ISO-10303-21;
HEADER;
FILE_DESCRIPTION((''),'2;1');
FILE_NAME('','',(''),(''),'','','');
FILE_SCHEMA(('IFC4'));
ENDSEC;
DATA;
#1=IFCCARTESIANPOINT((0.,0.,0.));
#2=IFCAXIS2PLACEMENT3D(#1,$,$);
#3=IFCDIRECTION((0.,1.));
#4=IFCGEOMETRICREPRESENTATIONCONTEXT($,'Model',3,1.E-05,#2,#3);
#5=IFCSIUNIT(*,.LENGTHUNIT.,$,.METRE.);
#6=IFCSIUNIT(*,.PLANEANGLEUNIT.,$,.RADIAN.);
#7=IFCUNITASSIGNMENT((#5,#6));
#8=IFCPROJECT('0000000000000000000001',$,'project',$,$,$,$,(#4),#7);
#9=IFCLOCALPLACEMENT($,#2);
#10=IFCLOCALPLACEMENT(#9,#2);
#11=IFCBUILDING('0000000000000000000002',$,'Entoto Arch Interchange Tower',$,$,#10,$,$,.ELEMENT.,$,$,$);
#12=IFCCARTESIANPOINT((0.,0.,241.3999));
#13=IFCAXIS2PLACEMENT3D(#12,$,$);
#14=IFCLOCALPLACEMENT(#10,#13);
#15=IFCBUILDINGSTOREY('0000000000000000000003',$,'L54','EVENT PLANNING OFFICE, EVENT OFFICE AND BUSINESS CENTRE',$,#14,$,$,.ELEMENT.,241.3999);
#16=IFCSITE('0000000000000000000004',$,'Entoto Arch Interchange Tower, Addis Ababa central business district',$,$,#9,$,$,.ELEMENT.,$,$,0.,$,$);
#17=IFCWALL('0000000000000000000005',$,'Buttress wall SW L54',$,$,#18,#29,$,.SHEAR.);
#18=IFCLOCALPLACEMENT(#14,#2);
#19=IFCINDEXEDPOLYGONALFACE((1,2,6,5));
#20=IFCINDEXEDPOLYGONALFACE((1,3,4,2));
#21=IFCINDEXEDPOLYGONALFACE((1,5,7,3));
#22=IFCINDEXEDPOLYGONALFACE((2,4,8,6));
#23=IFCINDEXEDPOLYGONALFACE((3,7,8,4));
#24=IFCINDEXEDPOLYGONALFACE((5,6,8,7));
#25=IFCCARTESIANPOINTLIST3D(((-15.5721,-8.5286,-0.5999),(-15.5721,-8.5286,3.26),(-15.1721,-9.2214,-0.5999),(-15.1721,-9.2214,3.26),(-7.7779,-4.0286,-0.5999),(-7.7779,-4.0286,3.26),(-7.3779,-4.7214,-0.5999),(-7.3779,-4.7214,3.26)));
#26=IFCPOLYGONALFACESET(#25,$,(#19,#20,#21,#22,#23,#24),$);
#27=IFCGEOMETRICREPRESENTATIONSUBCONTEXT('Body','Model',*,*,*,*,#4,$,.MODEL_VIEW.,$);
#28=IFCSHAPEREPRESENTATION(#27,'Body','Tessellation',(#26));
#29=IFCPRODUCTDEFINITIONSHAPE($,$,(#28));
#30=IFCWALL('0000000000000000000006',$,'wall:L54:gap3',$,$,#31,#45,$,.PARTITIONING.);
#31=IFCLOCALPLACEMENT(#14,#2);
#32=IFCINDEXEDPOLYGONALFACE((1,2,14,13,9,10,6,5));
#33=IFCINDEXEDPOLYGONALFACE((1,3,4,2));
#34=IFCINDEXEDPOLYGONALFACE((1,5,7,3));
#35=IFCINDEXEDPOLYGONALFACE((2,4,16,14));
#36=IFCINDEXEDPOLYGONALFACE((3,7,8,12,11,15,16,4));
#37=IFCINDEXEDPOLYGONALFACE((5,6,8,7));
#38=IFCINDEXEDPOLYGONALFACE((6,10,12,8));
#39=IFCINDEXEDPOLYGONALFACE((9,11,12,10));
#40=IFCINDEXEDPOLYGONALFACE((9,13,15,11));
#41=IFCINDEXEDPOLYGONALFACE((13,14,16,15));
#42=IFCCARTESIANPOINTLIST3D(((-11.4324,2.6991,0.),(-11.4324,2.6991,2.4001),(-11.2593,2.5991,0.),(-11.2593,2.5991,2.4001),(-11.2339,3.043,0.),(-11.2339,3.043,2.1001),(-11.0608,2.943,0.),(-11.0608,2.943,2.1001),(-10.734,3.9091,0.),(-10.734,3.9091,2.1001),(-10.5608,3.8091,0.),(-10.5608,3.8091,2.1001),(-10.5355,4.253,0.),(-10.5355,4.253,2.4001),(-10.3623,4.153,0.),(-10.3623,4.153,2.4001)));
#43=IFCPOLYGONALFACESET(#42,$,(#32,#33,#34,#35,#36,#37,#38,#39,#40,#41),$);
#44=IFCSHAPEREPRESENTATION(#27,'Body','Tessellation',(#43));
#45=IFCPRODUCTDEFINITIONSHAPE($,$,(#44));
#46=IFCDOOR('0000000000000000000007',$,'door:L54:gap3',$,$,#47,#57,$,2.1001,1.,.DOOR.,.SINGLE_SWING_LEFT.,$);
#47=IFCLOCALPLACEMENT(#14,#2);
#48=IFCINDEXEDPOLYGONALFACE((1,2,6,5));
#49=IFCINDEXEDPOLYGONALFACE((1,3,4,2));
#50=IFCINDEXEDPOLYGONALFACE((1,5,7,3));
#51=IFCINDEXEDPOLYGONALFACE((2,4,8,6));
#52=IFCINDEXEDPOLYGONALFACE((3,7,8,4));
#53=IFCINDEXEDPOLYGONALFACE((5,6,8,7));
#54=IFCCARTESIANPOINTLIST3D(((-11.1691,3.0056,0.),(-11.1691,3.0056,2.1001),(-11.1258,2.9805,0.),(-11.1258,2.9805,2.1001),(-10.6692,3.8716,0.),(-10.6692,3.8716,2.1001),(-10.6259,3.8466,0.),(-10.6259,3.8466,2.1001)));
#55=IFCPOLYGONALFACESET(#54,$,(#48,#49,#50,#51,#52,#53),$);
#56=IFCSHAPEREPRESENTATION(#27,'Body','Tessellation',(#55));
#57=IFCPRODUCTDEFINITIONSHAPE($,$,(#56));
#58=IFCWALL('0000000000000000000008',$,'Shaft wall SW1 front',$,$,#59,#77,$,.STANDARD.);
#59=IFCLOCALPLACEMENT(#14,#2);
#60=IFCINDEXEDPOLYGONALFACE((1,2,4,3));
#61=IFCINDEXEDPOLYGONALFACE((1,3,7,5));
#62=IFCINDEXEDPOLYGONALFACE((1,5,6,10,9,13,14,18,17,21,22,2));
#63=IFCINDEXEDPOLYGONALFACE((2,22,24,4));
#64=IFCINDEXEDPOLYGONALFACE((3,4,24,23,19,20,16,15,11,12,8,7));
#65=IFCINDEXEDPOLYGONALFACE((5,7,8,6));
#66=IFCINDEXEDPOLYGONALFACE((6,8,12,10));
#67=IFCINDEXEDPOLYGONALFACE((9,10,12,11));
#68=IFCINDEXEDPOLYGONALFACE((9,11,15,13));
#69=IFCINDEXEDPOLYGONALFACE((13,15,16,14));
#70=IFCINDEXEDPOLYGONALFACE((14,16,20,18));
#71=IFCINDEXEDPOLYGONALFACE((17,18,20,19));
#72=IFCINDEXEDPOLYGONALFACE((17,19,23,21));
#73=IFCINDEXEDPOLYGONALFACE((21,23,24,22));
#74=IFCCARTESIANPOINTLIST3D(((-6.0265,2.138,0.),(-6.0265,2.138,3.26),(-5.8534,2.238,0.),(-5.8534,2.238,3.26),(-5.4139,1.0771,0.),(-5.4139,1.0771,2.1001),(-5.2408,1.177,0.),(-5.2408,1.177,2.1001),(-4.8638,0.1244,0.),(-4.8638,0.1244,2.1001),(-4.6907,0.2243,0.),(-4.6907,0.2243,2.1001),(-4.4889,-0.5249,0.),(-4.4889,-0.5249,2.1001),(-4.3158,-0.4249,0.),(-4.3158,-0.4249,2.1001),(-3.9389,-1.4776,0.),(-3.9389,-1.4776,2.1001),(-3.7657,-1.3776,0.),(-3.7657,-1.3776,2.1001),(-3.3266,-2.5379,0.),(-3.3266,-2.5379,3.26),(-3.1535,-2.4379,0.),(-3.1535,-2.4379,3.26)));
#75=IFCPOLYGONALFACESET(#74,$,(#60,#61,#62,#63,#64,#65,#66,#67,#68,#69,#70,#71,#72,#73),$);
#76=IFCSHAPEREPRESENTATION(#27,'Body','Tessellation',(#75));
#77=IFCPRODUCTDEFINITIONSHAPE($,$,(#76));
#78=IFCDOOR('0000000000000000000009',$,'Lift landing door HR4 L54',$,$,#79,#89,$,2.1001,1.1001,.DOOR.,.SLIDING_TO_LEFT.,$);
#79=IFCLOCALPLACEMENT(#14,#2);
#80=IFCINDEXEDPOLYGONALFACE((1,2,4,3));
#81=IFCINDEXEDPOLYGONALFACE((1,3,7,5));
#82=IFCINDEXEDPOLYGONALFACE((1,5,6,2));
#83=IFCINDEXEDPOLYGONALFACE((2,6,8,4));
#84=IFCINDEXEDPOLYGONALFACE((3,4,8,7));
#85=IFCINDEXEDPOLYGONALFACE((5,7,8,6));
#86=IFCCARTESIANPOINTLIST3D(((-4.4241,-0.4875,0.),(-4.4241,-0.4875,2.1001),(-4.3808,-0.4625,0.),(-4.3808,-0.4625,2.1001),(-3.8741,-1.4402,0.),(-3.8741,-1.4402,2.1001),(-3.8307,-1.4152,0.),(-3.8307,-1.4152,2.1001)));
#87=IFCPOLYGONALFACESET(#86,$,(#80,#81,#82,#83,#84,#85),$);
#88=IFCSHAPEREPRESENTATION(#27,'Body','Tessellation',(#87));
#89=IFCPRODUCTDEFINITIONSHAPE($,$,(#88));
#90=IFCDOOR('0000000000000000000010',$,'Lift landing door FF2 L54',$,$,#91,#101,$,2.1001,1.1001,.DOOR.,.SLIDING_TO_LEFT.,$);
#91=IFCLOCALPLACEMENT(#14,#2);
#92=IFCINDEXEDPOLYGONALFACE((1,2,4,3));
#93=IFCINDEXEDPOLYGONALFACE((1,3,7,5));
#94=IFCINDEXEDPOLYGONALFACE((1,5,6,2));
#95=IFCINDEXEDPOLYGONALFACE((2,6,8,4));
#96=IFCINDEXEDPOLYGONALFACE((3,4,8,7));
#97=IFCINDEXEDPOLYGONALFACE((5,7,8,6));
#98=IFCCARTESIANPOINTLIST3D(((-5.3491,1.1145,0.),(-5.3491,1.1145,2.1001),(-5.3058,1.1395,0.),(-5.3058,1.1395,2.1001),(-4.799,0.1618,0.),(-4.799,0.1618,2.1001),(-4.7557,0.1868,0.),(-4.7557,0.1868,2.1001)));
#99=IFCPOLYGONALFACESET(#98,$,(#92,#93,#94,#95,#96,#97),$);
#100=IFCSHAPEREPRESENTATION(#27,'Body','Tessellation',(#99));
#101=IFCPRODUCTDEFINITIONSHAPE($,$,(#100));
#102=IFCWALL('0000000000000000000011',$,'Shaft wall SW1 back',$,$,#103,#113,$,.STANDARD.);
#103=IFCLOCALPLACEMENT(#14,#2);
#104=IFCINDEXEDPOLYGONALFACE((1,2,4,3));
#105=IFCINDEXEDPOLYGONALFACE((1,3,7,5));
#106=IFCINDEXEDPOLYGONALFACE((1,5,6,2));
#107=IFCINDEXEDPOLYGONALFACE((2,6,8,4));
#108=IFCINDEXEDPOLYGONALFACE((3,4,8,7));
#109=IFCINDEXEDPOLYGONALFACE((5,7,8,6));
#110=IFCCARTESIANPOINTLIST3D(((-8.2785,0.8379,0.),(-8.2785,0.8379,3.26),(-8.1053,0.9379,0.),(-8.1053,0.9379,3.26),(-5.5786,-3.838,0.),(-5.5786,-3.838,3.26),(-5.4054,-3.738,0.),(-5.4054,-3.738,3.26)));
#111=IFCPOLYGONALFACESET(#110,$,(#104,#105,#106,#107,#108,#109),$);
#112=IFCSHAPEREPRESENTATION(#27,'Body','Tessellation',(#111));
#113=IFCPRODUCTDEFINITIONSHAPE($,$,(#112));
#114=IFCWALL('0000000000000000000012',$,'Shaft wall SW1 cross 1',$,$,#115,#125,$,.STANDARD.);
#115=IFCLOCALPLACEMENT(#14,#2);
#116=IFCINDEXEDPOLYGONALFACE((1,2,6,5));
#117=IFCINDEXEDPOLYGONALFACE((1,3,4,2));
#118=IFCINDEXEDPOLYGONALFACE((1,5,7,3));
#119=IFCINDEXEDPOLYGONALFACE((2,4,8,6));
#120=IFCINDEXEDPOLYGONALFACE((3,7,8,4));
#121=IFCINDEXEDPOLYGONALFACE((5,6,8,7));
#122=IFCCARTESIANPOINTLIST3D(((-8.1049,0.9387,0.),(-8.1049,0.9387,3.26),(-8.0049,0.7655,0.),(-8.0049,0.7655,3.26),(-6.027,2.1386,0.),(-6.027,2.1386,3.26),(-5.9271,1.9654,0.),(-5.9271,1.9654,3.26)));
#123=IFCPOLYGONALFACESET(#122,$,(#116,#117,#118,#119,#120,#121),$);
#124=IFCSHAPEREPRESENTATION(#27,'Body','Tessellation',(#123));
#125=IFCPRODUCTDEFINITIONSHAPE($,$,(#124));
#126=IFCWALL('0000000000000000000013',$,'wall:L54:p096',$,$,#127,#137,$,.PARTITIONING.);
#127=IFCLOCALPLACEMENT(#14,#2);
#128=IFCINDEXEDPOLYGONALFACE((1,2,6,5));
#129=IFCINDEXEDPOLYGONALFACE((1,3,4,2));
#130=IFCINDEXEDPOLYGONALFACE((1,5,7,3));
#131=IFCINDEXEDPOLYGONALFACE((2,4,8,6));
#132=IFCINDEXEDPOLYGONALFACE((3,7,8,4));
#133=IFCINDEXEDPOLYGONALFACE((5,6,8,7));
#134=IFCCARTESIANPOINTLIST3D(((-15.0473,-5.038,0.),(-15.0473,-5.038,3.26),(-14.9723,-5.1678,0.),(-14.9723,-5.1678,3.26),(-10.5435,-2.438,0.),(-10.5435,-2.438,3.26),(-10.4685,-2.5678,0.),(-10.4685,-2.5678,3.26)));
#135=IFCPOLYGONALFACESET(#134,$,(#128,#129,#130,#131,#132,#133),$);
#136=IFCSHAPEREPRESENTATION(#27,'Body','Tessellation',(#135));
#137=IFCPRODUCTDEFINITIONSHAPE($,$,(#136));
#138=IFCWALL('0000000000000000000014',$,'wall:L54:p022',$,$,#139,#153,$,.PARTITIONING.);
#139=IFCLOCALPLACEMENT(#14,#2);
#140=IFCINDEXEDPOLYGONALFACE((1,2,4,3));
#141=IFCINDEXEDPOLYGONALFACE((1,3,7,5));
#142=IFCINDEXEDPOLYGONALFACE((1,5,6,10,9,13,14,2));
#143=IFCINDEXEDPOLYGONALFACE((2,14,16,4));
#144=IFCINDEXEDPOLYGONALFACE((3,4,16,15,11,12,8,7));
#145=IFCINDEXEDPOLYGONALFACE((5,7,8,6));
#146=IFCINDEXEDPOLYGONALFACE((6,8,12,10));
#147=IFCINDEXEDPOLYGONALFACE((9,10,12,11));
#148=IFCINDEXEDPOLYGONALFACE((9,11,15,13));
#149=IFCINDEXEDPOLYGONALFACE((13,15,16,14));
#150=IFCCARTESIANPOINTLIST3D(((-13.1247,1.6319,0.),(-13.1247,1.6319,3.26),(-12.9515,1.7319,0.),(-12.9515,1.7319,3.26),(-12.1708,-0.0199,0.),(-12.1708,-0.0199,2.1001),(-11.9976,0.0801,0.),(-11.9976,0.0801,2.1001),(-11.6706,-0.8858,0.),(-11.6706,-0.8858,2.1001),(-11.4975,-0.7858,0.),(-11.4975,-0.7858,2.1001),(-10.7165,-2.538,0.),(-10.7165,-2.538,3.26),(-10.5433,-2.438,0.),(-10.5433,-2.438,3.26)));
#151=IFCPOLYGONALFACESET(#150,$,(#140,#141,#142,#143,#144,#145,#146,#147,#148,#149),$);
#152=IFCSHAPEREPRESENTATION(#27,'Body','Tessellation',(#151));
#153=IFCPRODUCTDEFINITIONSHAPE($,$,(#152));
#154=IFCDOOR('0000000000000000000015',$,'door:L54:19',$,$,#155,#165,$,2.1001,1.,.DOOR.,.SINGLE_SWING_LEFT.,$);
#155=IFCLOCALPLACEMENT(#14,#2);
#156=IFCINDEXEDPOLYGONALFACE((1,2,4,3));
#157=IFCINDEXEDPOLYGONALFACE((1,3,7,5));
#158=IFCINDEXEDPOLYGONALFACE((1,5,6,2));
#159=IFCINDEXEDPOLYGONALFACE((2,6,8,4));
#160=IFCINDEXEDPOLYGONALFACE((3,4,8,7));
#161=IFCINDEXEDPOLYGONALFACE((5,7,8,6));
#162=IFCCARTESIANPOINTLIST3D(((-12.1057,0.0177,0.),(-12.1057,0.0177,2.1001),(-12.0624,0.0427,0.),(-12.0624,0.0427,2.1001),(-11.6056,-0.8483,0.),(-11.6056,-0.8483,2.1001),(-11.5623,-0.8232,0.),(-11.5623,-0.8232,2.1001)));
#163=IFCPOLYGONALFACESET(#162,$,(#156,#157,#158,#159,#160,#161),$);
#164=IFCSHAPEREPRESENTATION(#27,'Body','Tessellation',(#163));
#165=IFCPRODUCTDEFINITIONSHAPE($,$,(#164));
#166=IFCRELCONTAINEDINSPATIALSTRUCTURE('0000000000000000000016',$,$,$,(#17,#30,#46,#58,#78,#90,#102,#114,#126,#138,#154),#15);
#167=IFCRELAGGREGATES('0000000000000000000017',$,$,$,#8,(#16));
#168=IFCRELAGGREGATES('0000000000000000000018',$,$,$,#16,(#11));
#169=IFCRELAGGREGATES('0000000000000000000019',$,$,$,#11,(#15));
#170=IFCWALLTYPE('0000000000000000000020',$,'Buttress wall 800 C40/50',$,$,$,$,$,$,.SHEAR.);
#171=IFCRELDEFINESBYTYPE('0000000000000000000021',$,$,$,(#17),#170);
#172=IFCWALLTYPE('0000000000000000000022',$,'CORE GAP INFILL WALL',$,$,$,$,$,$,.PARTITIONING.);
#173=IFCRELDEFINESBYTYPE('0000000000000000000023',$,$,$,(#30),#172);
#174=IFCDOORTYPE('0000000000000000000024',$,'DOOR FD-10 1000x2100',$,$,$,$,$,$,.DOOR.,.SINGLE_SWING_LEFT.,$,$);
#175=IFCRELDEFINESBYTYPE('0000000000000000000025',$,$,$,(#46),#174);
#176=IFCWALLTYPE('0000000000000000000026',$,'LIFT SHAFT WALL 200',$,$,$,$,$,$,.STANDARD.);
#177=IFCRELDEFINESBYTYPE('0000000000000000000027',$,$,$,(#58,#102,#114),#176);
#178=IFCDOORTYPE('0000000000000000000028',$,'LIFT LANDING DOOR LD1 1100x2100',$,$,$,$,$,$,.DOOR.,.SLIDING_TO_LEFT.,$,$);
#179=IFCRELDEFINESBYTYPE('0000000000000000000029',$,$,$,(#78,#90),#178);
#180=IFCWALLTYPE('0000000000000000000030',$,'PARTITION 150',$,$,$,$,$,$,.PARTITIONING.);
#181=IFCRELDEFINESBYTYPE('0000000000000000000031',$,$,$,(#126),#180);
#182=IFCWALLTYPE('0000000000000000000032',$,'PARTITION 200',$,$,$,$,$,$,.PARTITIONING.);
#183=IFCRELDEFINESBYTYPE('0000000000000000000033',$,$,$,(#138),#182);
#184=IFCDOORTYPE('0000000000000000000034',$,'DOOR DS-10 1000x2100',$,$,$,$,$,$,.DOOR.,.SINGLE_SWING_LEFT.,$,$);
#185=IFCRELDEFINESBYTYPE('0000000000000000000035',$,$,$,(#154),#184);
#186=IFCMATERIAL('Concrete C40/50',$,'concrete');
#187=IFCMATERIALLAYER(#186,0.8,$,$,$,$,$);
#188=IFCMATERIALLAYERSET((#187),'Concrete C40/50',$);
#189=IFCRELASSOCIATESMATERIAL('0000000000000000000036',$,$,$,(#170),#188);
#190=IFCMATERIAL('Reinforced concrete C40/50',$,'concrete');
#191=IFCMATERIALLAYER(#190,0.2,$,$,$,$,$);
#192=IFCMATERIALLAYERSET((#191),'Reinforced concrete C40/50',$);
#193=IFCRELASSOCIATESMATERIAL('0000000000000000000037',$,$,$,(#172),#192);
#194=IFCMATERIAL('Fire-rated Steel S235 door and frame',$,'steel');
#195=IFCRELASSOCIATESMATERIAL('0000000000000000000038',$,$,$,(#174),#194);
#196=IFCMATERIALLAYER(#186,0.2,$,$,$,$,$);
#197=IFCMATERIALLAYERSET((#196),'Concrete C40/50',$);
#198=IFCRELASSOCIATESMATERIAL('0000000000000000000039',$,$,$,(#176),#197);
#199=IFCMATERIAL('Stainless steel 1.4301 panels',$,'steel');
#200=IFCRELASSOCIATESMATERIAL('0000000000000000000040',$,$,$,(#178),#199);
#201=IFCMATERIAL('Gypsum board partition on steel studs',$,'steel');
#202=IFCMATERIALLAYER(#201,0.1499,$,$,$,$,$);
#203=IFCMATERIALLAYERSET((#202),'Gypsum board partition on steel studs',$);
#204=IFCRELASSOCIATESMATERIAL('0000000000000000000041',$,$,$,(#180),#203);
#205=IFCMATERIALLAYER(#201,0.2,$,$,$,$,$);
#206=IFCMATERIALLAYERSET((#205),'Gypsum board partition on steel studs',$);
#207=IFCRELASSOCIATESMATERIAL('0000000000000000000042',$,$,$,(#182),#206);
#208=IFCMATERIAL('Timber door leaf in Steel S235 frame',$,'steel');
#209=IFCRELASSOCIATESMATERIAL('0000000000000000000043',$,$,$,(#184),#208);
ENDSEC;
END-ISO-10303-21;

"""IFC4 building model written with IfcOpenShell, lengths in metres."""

from ifc_helpers import new_model, si_unit, direction, frame, frame_2d, origin, place, context, subcontext, project, spatial, rectangle, extrude, material, layer, layer_set, type_object, element, fill, save


model = new_model("IFC4")

# Units and contexts
model_context = context("Model", 3, precision=1e-05, world=origin(), true_north=direction((0.0, 1.0)))
body_context = subcontext(model_context, "Body", "Model", "MODEL_VIEW")
ifc_project = project(units=[si_unit("LENGTHUNIT", "METRE"), si_unit("PLANEANGLEUNIT", "RADIAN")], contexts=[model_context])

# Site, building, storey
site_placement = place(None, origin())
site = spatial("IfcSite", under=ifc_project, at=site_placement, Name="Entoto Arch Interchange Tower, Addis Ababa central business district", CompositionType="ELEMENT", RefElevation=0.0)
building_placement = place(site_placement, origin())
building = spatial("IfcBuilding", under=site, at=building_placement, Name="Entoto Arch Interchange Tower", CompositionType="ELEMENT")
storey_placement = place(building_placement, frame((0.0, 0.0, 241.3999)))
storey = spatial("IfcBuildingStorey", under=building, at=storey_placement, Name="L54", Description="EVENT PLANNING OFFICE, EVENT OFFICE AND BUSINESS CENTRE", CompositionType="ELEMENT", Elevation=241.3999)

# Wall
ifc_material_1 = material(Name="Concrete C40/50", Category="concrete")
ifc_layer_1 = layer(ifc_material_1, 0.8)
ifc_layer_set_1 = layer_set([ifc_layer_1], Name="Concrete C40/50")
wall_type_1 = type_object("IfcWallType", Name="Buttress wall 800 C40/50", PredefinedType="SHEAR", material=ifc_layer_set_1)
wall_1_placement = place(storey_placement, frame((-7.5779, -4.375, -0.5999), z_axis=(0.0, 0.0, 1.0), x_axis=(-0.866024, -0.500002, 0.0)))
element("IfcWall", 1, at=wall_1_placement, inside=storey, type_object=wall_type_1, Name="Buttress wall SW L54", PredefinedType="SHEAR", context=body_context, shape_type="SweptSolid", body=[
    extrude(rectangle(XDim=9.0, YDim=0.8, at=frame_2d((4.5, 0.0))), origin(), (0.0, 0.0, 1.0), 3.8599),
])

# Wall, opening, door
ifc_material_2 = material(Name="Reinforced concrete C40/50", Category="concrete")
ifc_layer_2 = layer(ifc_material_2, 0.2)
ifc_layer_set_2 = layer_set([ifc_layer_2], Name="Reinforced concrete C40/50")
wall_type_2 = type_object("IfcWallType", Name="CORE GAP INFILL WALL", PredefinedType="PARTITIONING", material=ifc_layer_set_2)
wall_2_placement = place(storey_placement, frame((-10.449, 4.2029, 0.0), z_axis=(0.0, 0.0, 1.0), x_axis=(-0.499915, -0.866075, 0.0)))
wall_2 = element("IfcWall", 2, at=wall_2_placement, inside=storey, type_object=wall_type_2, Name="wall:L54:gap3", PredefinedType="PARTITIONING", context=body_context, shape_type="SweptSolid", body=[
    extrude(rectangle(XDim=1.7942, YDim=0.2, at=frame_2d((0.897, 0.0))), origin(), (0.0, 0.0, 1.0), 2.4001),
])
opening_1_placement = place(wall_2_placement, frame((0.397, 0.0, 0.0)))
opening_1 = element("IfcOpeningElement", 3, at=opening_1_placement, cuts=wall_2, PredefinedType="OPENING", context=body_context, shape_type="SweptSolid", body=[
    extrude(rectangle(XDim=1.0, YDim=2.1001, at=frame_2d((0.5, 1.05))), frame((0.0, 0.1099, 0.0), z_axis=(0.0, -1.0, 0.0), x_axis=(1.0, 0.0, 0.0)), (0.0, 0.0, 1.0), 0.22),
])
ifc_material_3 = material(Name="Fire-rated Steel S235 door and frame", Category="steel")
door_type_1 = type_object("IfcDoorType", Name="DOOR FD-10 1000x2100", OperationType="SINGLE_SWING_LEFT", PredefinedType="DOOR", material=ifc_material_3)
door_1_placement = place(opening_1_placement, origin())
door_1 = element("IfcDoor", 4, at=door_1_placement, inside=storey, type_object=door_type_1, Name="door:L54:gap3", OperationType="SINGLE_SWING_LEFT", OverallHeight=2.1001, OverallWidth=1.0, PredefinedType="DOOR", context=body_context, shape_type="SweptSolid", body=[
    extrude(rectangle(XDim=1.0, YDim=2.1001, at=frame_2d((0.5, 1.05))), frame((0.0, 0.0249, 0.0), z_axis=(0.0, -1.0, 0.0), x_axis=(1.0, 0.0, 0.0)), (0.0, 0.0, 1.0), 0.05),
])
fill(opening_1, door_1)

# Wall, openings, doors
ifc_layer_3 = layer(ifc_material_1, 0.2)
ifc_layer_set_3 = layer_set([ifc_layer_3], Name="Concrete C40/50")
wall_type_3 = type_object("IfcWallType", Name="LIFT SHAFT WALL 200", PredefinedType="STANDARD", material=ifc_layer_set_3)
wall_3_placement = place(storey_placement, frame((-5.9399, 2.188, 0.0), z_axis=(0.0, 0.0, 1.0), x_axis=(0.500034, -0.866006, 0.0)))
wall_3 = element("IfcWall", 5, at=wall_3_placement, inside=storey, type_object=wall_type_3, Name="Shaft wall SW1 front", PredefinedType="STANDARD", context=body_context, shape_type="SweptSolid", body=[
    extrude(rectangle(XDim=5.3994, YDim=0.2, at=frame_2d((2.6997, 0.0))), origin(), (0.0, 0.0, 1.0), 3.26),
])
opening_2_placement = place(wall_3_placement, frame((3.075, 0.0, 0.0)))
opening_2 = element("IfcOpeningElement", 6, at=opening_2_placement, cuts=wall_3, PredefinedType="OPENING", context=body_context, shape_type="SweptSolid", body=[
    extrude(rectangle(XDim=1.1001, YDim=2.1001, at=frame_2d((0.55, 1.05))), frame((0.0, 0.1099, 0.0), z_axis=(0.0, -1.0, 0.0), x_axis=(1.0, 0.0, 0.0)), (0.0, 0.0, 1.0), 0.22),
])
opening_3_placement = place(wall_3_placement, frame((1.2251, 0.0, 0.0)))
opening_3 = element("IfcOpeningElement", 7, at=opening_3_placement, cuts=wall_3, PredefinedType="OPENING", context=body_context, shape_type="SweptSolid", body=[
    extrude(rectangle(XDim=1.1001, YDim=2.1001, at=frame_2d((0.55, 1.05))), frame((0.0, 0.1099, 0.0), z_axis=(0.0, -1.0, 0.0), x_axis=(1.0, 0.0, 0.0)), (0.0, 0.0, 1.0), 0.22),
])
ifc_material_4 = material(Name="Stainless steel 1.4301 panels", Category="steel")
door_type_2 = type_object("IfcDoorType", Name="LIFT LANDING DOOR LD1 1100x2100", OperationType="SLIDING_TO_LEFT", PredefinedType="DOOR", material=ifc_material_4)
door_2_placement = place(opening_2_placement, origin())
door_2 = element("IfcDoor", 8, at=door_2_placement, inside=storey, type_object=door_type_2, Name="Lift landing door HR4 L54", OperationType="SLIDING_TO_LEFT", OverallHeight=2.1001, OverallWidth=1.1001, PredefinedType="DOOR", context=body_context, shape_type="SweptSolid", body=[
    extrude(rectangle(XDim=1.1001, YDim=2.1001, at=frame_2d((0.55, 1.05))), frame((0.0, 0.0249, 0.0), z_axis=(0.0, -1.0, 0.0), x_axis=(1.0, 0.0, 0.0)), (0.0, 0.0, 1.0), 0.05),
])
fill(opening_2, door_2)
door_3_placement = place(opening_3_placement, origin())
door_3 = element("IfcDoor", 9, at=door_3_placement, inside=storey, type_object=door_type_2, Name="Lift landing door FF2 L54", OperationType="SLIDING_TO_LEFT", OverallHeight=2.1001, OverallWidth=1.1001, PredefinedType="DOOR", context=body_context, shape_type="SweptSolid", body=[
    extrude(rectangle(XDim=1.1001, YDim=2.1001, at=frame_2d((0.55, 1.05))), frame((0.0, 0.0249, 0.0), z_axis=(0.0, -1.0, 0.0), x_axis=(1.0, 0.0, 0.0)), (0.0, 0.0, 1.0), 0.05),
])
fill(opening_3, door_3)

# Walls
wall_4_placement = place(storey_placement, frame((-8.1919, 0.8879, 0.0), z_axis=(0.0, 0.0, 1.0), x_axis=(0.500034, -0.866006, 0.0)))
element("IfcWall", 10, at=wall_4_placement, inside=storey, type_object=wall_type_3, Name="Shaft wall SW1 back", PredefinedType="STANDARD", context=body_context, shape_type="SweptSolid", body=[
    extrude(rectangle(XDim=5.3994, YDim=0.2, at=frame_2d((2.6997, 0.0))), origin(), (0.0, 0.0, 1.0), 3.26),
])
wall_5_placement = place(storey_placement, frame((-5.9771, 2.052, 0.0), z_axis=(0.0, 0.0, 1.0), x_axis=(-0.865974, -0.500089, 0.0)))
element("IfcWall", 11, at=wall_5_placement, inside=storey, type_object=wall_type_3, Name="Shaft wall SW1 cross 1", PredefinedType="STANDARD", context=body_context, shape_type="SweptSolid", body=[
    extrude(rectangle(XDim=2.3994, YDim=0.2, at=frame_2d((1.1997, 0.0))), origin(), (0.0, 0.0, 1.0), 3.26),
])
ifc_material_5 = material(Name="Gypsum board partition on steel studs", Category="steel")
ifc_layer_4 = layer(ifc_material_5, 0.1499)
ifc_layer_set_4 = layer_set([ifc_layer_4], Name="Gypsum board partition on steel studs")
wall_type_4 = type_object("IfcWallType", Name="PARTITION 150", PredefinedType="PARTITIONING", material=ifc_layer_set_4)
wall_6_placement = place(storey_placement, frame((-10.5061, -2.5029, 0.0), z_axis=(0.0, 0.0, 1.0), x_axis=(-0.866045, -0.499966, 0.0)))
element("IfcWall", 12, at=wall_6_placement, inside=storey, type_object=wall_type_4, Name="wall:L54:p096", PredefinedType="PARTITIONING", context=body_context, shape_type="SweptSolid", body=[
    extrude(rectangle(XDim=5.2004, YDim=0.1499, at=frame_2d((2.6001, 0.0))), origin(), (0.0, 0.0, 1.0), 3.26),
])

# Wall, opening, door
ifc_layer_5 = layer(ifc_material_5, 0.2)
ifc_layer_set_5 = layer_set([ifc_layer_5], Name="Gypsum board partition on steel studs")
wall_type_5 = type_object("IfcWallType", Name="PARTITION 200", PredefinedType="PARTITIONING", material=ifc_layer_set_5)
wall_7_placement = place(storey_placement, frame((-10.6299, -2.488, 0.0), z_axis=(0.0, 0.0, 1.0), x_axis=(-0.500109, 0.865963, 0.0)))
wall_7 = element("IfcWall", 13, at=wall_7_placement, inside=storey, type_object=wall_type_5, Name="wall:L54:p022", PredefinedType="PARTITIONING", context=body_context, shape_type="SweptSolid", body=[
    extrude(rectangle(XDim=4.8154, YDim=0.2, at=frame_2d((2.4077, 0.0))), origin(), (0.0, 0.0, 1.0), 3.26),
])
opening_4_placement = place(wall_7_placement, frame((1.908, 0.0, 0.0)))
opening_4 = element("IfcOpeningElement", 14, at=opening_4_placement, cuts=wall_7, PredefinedType="OPENING", context=body_context, shape_type="SweptSolid", body=[
    extrude(rectangle(XDim=1.0, YDim=2.1001, at=frame_2d((0.5, 1.05))), frame((0.0, 0.1099, 0.0), z_axis=(0.0, -1.0, 0.0), x_axis=(1.0, 0.0, 0.0)), (0.0, 0.0, 1.0), 0.22),
])
ifc_material_6 = material(Name="Timber door leaf in Steel S235 frame", Category="steel")
door_type_3 = type_object("IfcDoorType", Name="DOOR DS-10 1000x2100", OperationType="SINGLE_SWING_LEFT", PredefinedType="DOOR", material=ifc_material_6)
door_4_placement = place(opening_4_placement, origin())
door_4 = element("IfcDoor", 15, at=door_4_placement, inside=storey, type_object=door_type_3, Name="door:L54:19", OperationType="SINGLE_SWING_LEFT", OverallHeight=2.1001, OverallWidth=1.0, PredefinedType="DOOR", context=body_context, shape_type="SweptSolid", body=[
    extrude(rectangle(XDim=1.0, YDim=2.1001, at=frame_2d((0.5, 1.05))), frame((0.0, 0.0249, 0.0), z_axis=(0.0, -1.0, 0.0), x_axis=(1.0, 0.0, 0.0)), (0.0, 0.0, 1.0), 0.05),
])
fill(opening_4, door_4)

save(model, "model.ifc")
